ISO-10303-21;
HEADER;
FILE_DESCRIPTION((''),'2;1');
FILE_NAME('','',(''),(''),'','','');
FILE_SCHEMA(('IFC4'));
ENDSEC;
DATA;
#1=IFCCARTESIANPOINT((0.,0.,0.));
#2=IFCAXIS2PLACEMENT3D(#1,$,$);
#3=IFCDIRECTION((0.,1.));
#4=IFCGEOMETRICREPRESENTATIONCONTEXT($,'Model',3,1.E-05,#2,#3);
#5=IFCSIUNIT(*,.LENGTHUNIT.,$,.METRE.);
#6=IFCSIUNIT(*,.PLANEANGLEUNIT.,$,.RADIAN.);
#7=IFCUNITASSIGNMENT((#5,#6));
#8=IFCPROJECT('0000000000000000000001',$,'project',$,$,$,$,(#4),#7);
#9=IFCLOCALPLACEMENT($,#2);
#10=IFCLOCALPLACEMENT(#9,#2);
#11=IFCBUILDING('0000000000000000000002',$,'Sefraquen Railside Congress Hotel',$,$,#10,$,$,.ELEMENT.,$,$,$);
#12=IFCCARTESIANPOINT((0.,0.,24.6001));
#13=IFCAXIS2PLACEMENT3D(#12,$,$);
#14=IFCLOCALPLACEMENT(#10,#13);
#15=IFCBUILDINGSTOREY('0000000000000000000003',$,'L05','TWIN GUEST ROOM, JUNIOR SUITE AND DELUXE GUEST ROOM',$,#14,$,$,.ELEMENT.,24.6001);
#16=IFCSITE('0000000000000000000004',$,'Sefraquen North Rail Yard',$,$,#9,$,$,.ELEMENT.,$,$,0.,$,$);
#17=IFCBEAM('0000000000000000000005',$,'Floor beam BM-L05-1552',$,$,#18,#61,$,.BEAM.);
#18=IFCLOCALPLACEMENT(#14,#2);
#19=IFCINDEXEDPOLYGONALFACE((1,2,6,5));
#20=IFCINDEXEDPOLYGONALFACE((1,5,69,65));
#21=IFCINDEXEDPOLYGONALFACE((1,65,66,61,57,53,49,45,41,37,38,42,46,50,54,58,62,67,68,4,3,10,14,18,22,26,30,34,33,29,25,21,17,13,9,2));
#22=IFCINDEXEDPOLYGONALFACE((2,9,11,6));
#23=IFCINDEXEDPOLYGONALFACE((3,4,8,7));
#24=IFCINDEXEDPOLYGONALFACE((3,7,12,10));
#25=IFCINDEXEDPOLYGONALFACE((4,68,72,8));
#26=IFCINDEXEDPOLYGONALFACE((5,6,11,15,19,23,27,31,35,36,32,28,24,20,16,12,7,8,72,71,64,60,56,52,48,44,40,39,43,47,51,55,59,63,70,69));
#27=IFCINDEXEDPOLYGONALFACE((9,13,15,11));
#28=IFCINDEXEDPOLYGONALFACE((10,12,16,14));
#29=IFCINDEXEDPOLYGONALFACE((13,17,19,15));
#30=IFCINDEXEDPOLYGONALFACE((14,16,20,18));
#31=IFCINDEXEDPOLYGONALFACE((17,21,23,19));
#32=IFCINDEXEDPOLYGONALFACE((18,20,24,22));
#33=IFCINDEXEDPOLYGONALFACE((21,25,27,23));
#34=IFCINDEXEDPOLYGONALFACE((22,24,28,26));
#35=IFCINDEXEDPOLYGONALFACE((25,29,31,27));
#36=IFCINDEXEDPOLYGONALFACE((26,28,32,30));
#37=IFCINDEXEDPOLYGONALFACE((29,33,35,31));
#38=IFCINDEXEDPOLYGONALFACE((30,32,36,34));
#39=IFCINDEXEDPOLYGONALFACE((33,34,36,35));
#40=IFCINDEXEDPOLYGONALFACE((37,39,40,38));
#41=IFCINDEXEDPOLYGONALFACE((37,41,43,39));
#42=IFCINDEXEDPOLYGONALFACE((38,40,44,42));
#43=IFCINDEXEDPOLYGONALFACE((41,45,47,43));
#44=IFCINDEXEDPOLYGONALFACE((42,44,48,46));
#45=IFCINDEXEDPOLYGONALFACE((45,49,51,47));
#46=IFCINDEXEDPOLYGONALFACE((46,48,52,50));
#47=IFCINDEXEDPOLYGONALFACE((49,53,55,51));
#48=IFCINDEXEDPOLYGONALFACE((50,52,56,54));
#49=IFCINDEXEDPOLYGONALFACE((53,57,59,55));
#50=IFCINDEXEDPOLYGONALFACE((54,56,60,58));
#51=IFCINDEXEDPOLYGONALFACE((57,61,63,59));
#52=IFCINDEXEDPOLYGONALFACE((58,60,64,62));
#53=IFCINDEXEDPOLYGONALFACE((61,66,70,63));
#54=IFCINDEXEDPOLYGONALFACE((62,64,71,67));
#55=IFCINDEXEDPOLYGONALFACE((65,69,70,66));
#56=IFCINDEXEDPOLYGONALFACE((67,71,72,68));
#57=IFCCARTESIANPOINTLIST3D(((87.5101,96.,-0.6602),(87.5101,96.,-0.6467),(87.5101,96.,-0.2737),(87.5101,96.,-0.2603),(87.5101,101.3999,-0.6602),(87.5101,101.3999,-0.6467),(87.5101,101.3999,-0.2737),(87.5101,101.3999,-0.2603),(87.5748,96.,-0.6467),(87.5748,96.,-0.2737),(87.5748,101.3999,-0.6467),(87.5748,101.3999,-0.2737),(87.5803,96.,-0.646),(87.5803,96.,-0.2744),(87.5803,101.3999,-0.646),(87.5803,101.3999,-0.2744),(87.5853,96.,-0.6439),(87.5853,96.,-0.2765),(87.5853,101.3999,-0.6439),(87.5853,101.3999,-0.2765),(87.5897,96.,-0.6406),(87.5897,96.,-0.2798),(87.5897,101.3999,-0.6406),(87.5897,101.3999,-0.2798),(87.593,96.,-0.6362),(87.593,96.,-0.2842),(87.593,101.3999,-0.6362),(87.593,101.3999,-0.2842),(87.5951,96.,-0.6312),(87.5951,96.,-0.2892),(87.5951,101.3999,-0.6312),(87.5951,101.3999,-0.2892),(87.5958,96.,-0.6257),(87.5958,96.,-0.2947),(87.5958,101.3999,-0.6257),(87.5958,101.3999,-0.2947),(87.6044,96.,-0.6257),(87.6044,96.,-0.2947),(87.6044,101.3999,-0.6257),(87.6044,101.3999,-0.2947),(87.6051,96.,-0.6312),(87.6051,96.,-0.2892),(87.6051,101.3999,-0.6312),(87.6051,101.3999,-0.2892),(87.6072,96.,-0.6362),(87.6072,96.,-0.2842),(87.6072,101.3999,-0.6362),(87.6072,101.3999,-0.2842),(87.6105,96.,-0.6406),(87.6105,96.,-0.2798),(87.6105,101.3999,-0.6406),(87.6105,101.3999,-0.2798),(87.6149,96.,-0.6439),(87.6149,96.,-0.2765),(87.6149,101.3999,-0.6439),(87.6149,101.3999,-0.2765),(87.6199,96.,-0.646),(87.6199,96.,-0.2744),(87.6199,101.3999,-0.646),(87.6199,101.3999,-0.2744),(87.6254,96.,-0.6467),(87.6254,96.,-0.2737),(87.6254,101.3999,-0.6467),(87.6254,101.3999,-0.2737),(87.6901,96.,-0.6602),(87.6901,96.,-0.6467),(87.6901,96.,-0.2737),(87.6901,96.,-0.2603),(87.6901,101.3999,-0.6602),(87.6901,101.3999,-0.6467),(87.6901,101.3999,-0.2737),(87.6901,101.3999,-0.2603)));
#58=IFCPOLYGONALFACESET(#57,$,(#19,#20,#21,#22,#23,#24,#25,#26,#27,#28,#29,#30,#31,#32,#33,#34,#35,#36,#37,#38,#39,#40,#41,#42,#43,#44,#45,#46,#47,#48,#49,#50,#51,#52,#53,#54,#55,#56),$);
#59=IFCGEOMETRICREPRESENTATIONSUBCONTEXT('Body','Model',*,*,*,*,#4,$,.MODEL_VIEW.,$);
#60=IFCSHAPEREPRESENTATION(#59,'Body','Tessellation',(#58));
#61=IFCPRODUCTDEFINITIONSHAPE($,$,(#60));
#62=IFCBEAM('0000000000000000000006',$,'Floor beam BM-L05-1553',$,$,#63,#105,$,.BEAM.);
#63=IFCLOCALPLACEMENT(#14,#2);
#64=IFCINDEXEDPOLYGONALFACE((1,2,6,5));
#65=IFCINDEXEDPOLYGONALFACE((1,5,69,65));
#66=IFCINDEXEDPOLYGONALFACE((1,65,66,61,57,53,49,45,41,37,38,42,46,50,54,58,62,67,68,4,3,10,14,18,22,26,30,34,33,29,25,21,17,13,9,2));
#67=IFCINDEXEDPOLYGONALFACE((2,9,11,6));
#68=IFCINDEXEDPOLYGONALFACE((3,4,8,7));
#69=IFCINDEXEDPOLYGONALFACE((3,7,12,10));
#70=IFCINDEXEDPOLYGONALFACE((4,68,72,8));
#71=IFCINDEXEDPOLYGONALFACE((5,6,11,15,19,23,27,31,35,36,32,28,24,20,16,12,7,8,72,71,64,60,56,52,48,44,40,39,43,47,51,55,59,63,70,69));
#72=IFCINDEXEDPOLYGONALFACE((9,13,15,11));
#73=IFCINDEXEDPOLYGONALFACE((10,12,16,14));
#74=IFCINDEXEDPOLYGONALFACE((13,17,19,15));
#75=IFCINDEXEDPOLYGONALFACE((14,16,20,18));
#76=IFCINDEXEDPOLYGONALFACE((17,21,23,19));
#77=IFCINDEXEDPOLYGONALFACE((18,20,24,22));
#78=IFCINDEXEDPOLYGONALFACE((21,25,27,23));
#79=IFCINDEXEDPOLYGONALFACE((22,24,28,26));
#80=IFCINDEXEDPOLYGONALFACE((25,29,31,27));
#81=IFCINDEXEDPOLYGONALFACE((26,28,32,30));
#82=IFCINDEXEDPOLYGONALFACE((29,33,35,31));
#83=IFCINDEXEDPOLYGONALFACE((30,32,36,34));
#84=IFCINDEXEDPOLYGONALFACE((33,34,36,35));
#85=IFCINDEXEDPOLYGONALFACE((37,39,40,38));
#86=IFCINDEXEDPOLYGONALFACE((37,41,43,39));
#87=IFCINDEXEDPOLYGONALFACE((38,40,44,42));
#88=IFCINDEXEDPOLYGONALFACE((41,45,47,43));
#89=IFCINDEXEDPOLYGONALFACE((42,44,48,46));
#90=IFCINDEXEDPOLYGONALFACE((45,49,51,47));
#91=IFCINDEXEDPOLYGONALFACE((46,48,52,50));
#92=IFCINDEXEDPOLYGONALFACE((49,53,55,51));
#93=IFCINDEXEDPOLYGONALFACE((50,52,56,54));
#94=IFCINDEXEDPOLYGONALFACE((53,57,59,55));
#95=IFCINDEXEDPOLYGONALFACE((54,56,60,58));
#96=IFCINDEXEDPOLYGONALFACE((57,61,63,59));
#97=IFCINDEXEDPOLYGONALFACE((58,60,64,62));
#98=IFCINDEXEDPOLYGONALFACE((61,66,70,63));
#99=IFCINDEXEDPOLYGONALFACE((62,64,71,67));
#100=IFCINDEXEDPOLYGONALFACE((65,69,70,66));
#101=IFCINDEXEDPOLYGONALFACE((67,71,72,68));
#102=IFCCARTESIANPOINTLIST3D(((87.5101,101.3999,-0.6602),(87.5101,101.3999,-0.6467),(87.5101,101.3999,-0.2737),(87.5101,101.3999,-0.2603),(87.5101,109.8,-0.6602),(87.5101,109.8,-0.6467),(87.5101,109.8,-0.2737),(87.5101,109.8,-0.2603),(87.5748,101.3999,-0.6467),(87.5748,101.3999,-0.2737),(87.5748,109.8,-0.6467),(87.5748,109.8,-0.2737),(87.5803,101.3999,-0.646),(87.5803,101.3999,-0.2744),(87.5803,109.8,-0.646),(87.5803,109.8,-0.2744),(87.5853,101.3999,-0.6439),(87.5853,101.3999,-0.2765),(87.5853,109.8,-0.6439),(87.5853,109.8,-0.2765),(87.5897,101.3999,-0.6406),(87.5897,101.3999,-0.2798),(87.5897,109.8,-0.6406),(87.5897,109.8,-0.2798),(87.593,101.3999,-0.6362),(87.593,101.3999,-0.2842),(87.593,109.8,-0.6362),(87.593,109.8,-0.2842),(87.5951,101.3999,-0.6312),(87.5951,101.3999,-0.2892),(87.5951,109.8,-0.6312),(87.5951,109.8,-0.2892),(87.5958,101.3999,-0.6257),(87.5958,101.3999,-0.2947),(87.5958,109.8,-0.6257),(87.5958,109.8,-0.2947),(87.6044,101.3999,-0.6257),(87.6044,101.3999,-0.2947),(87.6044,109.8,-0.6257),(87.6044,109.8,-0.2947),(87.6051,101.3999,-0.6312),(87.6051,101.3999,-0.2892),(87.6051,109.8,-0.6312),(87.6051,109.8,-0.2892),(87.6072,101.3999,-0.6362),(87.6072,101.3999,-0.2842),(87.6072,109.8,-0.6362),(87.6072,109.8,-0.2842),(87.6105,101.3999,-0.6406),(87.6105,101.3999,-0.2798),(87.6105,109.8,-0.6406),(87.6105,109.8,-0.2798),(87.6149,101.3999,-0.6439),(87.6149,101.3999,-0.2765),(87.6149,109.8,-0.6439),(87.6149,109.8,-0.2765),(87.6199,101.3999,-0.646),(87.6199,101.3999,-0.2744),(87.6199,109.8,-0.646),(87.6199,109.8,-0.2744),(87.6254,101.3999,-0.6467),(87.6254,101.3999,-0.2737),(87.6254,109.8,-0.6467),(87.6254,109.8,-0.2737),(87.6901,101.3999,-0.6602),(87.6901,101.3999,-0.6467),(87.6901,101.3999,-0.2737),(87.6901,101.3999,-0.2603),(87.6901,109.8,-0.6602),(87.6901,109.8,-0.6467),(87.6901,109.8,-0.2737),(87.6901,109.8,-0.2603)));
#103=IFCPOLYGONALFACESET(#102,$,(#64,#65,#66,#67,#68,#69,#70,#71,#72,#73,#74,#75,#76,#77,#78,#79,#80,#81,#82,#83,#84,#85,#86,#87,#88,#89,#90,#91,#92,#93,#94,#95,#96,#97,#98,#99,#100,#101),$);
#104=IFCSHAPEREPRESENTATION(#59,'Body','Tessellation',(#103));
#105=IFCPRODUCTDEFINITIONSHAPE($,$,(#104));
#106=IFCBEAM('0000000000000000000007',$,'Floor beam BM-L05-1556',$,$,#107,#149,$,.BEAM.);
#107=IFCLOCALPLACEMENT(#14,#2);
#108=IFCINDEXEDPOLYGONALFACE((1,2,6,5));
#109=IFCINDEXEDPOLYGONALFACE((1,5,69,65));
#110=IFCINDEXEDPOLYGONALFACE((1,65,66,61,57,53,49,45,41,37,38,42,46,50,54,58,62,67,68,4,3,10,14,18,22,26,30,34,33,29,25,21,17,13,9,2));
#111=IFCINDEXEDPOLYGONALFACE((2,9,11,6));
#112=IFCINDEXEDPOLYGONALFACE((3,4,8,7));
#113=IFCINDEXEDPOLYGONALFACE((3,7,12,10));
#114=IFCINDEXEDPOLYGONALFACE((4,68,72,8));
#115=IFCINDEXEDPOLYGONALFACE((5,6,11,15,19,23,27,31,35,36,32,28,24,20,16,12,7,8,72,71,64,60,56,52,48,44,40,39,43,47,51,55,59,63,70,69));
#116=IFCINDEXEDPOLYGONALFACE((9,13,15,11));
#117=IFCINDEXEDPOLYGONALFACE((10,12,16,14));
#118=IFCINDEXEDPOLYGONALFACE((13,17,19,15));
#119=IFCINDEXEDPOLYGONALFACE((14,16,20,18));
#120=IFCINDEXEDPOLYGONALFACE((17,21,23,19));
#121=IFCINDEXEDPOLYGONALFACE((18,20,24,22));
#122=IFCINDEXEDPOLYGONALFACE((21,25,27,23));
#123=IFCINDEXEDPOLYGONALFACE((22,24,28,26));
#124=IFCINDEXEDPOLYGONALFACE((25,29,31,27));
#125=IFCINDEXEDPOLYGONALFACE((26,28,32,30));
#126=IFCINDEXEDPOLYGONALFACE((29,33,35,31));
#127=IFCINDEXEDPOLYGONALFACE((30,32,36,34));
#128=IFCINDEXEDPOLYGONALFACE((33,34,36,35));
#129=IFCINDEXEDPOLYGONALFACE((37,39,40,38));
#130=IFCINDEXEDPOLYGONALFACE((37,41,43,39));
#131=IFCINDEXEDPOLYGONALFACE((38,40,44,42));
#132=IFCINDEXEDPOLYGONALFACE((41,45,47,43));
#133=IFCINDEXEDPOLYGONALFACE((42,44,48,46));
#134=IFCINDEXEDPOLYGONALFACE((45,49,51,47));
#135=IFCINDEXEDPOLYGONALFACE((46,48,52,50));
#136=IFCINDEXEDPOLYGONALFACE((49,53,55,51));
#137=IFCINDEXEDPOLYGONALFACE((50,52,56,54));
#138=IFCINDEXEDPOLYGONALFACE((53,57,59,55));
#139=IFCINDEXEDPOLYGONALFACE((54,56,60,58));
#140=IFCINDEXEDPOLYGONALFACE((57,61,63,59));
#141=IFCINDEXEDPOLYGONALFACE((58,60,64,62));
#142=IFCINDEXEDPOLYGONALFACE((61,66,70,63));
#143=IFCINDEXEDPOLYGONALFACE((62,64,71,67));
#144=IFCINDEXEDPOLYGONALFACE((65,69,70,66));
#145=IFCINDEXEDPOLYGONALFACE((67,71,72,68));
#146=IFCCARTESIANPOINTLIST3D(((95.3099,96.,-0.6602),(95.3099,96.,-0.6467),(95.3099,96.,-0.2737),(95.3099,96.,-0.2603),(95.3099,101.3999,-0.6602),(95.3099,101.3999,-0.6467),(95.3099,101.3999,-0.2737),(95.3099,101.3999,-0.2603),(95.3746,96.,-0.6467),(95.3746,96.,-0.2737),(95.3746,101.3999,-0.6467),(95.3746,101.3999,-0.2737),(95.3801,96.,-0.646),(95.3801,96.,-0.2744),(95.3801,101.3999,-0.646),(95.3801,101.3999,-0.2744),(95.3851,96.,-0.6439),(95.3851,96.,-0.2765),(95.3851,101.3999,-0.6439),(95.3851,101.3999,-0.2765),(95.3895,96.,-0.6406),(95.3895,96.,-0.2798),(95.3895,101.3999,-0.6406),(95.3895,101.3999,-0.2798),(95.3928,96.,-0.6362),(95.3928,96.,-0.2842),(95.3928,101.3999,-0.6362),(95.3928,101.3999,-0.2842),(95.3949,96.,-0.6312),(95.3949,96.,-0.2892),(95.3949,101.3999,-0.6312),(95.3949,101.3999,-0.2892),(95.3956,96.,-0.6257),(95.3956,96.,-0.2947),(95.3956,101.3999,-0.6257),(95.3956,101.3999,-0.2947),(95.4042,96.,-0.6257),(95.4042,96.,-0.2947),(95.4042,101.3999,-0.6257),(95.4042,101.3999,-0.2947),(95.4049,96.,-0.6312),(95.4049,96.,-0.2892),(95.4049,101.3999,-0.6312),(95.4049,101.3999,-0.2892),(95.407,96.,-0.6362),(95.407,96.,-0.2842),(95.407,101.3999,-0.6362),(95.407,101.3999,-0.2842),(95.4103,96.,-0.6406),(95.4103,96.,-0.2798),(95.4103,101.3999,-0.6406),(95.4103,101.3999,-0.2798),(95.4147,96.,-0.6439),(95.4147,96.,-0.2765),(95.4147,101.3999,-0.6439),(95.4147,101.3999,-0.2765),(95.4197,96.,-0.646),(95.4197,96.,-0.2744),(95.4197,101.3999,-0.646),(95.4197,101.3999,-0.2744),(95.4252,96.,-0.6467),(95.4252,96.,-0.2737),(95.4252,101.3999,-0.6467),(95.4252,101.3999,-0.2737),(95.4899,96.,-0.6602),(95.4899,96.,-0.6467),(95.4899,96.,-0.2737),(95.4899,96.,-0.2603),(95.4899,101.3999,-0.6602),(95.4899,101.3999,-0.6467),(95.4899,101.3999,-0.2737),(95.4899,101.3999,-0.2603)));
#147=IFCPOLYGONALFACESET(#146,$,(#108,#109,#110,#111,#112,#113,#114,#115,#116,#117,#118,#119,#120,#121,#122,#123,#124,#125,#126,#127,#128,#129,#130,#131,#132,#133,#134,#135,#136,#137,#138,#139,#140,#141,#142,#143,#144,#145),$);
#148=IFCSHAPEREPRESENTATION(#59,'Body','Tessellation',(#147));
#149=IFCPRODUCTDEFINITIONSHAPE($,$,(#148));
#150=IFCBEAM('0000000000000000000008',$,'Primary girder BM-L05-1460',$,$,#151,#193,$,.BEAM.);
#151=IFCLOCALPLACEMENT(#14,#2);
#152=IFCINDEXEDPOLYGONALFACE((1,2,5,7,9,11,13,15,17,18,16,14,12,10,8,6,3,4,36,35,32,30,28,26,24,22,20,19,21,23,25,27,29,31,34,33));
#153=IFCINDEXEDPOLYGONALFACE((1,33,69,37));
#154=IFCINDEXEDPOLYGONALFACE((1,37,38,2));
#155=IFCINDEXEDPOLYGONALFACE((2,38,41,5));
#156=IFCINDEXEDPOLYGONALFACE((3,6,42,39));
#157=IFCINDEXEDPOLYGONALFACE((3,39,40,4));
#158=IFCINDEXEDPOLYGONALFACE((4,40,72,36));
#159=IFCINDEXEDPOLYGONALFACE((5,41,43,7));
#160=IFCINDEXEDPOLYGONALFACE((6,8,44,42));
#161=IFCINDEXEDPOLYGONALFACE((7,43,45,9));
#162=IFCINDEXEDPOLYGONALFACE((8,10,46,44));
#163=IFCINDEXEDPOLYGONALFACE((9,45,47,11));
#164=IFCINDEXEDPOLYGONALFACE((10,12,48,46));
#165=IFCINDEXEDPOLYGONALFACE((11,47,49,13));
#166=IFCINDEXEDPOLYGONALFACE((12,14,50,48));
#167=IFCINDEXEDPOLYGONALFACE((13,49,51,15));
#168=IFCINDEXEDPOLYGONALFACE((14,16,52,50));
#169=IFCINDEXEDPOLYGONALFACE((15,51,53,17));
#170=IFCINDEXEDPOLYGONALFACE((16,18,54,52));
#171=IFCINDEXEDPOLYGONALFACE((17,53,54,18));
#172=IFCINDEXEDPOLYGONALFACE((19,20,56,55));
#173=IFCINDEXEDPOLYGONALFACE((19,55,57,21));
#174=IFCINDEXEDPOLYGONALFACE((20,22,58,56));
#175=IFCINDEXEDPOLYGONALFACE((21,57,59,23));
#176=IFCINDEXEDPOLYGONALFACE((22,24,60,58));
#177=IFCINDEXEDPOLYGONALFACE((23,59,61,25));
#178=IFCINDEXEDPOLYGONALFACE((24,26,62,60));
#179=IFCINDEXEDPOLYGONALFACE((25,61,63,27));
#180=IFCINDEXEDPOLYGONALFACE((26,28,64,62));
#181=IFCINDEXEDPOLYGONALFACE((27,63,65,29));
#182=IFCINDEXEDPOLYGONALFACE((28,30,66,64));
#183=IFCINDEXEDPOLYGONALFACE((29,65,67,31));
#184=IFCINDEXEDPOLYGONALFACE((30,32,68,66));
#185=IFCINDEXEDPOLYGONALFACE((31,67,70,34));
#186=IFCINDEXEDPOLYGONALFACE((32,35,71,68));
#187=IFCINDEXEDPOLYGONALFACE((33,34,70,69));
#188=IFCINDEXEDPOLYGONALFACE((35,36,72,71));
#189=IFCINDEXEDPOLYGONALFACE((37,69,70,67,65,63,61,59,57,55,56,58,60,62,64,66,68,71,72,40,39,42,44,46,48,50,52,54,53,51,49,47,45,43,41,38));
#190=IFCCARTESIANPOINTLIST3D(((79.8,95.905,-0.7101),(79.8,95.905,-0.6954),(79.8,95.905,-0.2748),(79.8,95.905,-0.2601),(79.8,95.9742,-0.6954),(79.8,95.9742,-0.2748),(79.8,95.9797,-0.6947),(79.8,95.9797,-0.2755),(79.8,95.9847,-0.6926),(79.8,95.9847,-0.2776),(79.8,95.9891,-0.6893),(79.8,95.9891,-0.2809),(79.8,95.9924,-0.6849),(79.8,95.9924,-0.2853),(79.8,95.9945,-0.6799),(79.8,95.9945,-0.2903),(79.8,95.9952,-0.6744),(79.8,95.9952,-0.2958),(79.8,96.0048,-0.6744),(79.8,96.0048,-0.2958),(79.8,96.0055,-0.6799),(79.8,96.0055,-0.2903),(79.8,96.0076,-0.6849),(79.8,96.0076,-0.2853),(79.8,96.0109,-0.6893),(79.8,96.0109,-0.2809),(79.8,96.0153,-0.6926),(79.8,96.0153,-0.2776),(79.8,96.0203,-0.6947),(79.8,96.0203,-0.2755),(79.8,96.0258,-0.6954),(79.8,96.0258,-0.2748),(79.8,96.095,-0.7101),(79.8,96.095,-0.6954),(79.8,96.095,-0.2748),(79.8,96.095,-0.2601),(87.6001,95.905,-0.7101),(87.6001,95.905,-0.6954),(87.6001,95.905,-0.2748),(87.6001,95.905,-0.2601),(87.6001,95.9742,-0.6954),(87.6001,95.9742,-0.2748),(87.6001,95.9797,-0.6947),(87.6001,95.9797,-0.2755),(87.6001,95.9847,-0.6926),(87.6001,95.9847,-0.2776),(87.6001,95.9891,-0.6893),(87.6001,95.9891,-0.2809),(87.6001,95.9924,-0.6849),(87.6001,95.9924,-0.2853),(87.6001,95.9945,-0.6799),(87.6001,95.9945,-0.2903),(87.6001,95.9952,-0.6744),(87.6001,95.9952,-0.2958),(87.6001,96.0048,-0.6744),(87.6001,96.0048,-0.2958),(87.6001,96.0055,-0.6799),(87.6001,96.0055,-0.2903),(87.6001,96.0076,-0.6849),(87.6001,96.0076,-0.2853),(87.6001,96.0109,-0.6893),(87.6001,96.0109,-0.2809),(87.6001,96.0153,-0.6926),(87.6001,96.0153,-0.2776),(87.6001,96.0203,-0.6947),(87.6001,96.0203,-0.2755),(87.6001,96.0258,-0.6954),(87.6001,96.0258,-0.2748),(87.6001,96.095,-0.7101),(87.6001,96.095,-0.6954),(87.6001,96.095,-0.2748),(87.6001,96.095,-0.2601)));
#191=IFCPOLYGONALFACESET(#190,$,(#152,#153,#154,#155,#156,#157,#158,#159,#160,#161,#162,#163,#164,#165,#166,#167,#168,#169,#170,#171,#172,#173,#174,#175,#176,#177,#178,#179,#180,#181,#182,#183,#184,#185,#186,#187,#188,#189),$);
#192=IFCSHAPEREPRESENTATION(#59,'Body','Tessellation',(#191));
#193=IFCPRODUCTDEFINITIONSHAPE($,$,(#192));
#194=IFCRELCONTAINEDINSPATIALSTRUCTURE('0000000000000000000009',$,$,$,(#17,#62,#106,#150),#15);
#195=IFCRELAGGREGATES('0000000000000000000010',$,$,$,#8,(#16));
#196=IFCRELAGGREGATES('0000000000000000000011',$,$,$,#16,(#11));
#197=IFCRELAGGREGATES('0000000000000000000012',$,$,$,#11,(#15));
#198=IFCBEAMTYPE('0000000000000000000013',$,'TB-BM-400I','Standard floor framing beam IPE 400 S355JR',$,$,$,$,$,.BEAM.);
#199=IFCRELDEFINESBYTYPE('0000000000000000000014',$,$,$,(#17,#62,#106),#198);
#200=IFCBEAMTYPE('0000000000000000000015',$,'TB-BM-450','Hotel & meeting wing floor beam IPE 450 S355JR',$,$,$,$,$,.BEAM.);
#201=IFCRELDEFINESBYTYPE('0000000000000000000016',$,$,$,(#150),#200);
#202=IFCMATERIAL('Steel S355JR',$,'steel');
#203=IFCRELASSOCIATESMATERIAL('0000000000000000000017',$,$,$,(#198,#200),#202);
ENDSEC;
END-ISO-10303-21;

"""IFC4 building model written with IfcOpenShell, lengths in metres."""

from ifc_helpers import new_model, si_unit, direction, frame, origin, origin_2d, place, context, subcontext, project, spatial, i_section, extrude, material, material_profile, profile_set, type_object, element, save


model = new_model("IFC4")

# Units and contexts
model_context = context("Model", 3, precision=1e-05, world=origin(), true_north=direction((0.0, 1.0)))
body_context = subcontext(model_context, "Body", "Model", "MODEL_VIEW")
ifc_project = project(units=[si_unit("LENGTHUNIT", "METRE"), si_unit("PLANEANGLEUNIT", "RADIAN")], contexts=[model_context])

# Site, building, storey
site_placement = place(None, origin())
site = spatial("IfcSite", under=ifc_project, at=site_placement, Name="Sefraquen North Rail Yard", CompositionType="ELEMENT", RefElevation=0.0)
building_placement = place(site_placement, origin())
building = spatial("IfcBuilding", under=site, at=building_placement, Name="Sefraquen Railside Congress Hotel", CompositionType="ELEMENT")
storey_placement = place(building_placement, frame((0.0, 0.0, 24.6001)))
storey = spatial("IfcBuildingStorey", under=building, at=storey_placement, Name="L05", Description="TWIN GUEST ROOM, JUNIOR SUITE AND DELUXE GUEST ROOM", CompositionType="ELEMENT", Elevation=24.6001)

# Shared definitions
ifc_material_1 = material(Name="Steel S355JR", Category="steel")

# Beams
ifc_material_profile_1 = material_profile(ifc_material_1, i_section(OverallWidth=0.1799, OverallDepth=0.3999, WebThickness=0.0085, FlangeThickness=0.0134, FilletRadius=0.021, at=origin_2d()), Name="IPE 400")
ifc_profile_set_1 = profile_set([ifc_material_profile_1], Name="Steel S355JR")
beam_type_1 = type_object("IfcBeamType", Name="TB-BM-400I", Description="Standard floor framing beam IPE 400 S355JR", PredefinedType="BEAM", material=ifc_profile_set_1)
beam_1_placement = place(storey_placement, frame((87.6001, 96.0, -0.4602), z_axis=(0.0, 1.0, 0.0), x_axis=(-1.0, 0.0, 0.0)))
element("IfcBeam", 1, at=beam_1_placement, inside=storey, type_object=beam_type_1, Name="Floor beam BM-L05-1552", PredefinedType="BEAM", context=body_context, shape_type="SweptSolid", body=[
    extrude(i_section(OverallWidth=0.1799, OverallDepth=0.3999, WebThickness=0.0085, FlangeThickness=0.0134, FilletRadius=0.021, at=origin_2d()), origin(), (0.0, 0.0, 1.0), 5.3999),
])
beam_2_placement = place(storey_placement, frame((87.6001, 101.3999, -0.4602), z_axis=(0.0, 1.0, 0.0), x_axis=(-1.0, 0.0, 0.0)))
element("IfcBeam", 2, at=beam_2_placement, inside=storey, type_object=beam_type_1, Name="Floor beam BM-L05-1553", PredefinedType="BEAM", context=body_context, shape_type="SweptSolid", body=[
    extrude(i_section(OverallWidth=0.1799, OverallDepth=0.3999, WebThickness=0.0085, FlangeThickness=0.0134, FilletRadius=0.021, at=origin_2d()), origin(), (0.0, 0.0, 1.0), 8.4001),
])
beam_3_placement = place(storey_placement, frame((95.3999, 96.0, -0.4602), z_axis=(0.0, 1.0, 0.0), x_axis=(-1.0, 0.0, 0.0)))
element("IfcBeam", 3, at=beam_3_placement, inside=storey, type_object=beam_type_1, Name="Floor beam BM-L05-1556", PredefinedType="BEAM", context=body_context, shape_type="SweptSolid", body=[
    extrude(i_section(OverallWidth=0.1799, OverallDepth=0.3999, WebThickness=0.0085, FlangeThickness=0.0134, FilletRadius=0.021, at=origin_2d()), origin(), (0.0, 0.0, 1.0), 5.3999),
])
ifc_material_profile_2 = material_profile(ifc_material_1, i_section(OverallWidth=0.1899, OverallDepth=0.45, WebThickness=0.0095, FlangeThickness=0.0146, FilletRadius=0.021, at=origin_2d()), Name="IPE 450")
ifc_profile_set_2 = profile_set([ifc_material_profile_2], Name="Steel S355JR")
beam_type_2 = type_object("IfcBeamType", Name="TB-BM-450", Description="Hotel & meeting wing floor beam IPE 450 S355JR", PredefinedType="BEAM", material=ifc_profile_set_2)
beam_4_placement = place(storey_placement, frame((79.8, 96.0, -0.4851), z_axis=(1.0, 0.0, 0.0), x_axis=(0.0, 1.0, 0.0)))
element("IfcBeam", 4, at=beam_4_placement, inside=storey, type_object=beam_type_2, Name="Primary girder BM-L05-1460", PredefinedType="BEAM", context=body_context, shape_type="SweptSolid", body=[
    extrude(i_section(OverallWidth=0.1899, OverallDepth=0.45, WebThickness=0.0095, FlangeThickness=0.0146, FilletRadius=0.021, at=origin_2d()), origin(), (0.0, 0.0, 1.0), 7.8),
])

save(model, "model.ifc")
